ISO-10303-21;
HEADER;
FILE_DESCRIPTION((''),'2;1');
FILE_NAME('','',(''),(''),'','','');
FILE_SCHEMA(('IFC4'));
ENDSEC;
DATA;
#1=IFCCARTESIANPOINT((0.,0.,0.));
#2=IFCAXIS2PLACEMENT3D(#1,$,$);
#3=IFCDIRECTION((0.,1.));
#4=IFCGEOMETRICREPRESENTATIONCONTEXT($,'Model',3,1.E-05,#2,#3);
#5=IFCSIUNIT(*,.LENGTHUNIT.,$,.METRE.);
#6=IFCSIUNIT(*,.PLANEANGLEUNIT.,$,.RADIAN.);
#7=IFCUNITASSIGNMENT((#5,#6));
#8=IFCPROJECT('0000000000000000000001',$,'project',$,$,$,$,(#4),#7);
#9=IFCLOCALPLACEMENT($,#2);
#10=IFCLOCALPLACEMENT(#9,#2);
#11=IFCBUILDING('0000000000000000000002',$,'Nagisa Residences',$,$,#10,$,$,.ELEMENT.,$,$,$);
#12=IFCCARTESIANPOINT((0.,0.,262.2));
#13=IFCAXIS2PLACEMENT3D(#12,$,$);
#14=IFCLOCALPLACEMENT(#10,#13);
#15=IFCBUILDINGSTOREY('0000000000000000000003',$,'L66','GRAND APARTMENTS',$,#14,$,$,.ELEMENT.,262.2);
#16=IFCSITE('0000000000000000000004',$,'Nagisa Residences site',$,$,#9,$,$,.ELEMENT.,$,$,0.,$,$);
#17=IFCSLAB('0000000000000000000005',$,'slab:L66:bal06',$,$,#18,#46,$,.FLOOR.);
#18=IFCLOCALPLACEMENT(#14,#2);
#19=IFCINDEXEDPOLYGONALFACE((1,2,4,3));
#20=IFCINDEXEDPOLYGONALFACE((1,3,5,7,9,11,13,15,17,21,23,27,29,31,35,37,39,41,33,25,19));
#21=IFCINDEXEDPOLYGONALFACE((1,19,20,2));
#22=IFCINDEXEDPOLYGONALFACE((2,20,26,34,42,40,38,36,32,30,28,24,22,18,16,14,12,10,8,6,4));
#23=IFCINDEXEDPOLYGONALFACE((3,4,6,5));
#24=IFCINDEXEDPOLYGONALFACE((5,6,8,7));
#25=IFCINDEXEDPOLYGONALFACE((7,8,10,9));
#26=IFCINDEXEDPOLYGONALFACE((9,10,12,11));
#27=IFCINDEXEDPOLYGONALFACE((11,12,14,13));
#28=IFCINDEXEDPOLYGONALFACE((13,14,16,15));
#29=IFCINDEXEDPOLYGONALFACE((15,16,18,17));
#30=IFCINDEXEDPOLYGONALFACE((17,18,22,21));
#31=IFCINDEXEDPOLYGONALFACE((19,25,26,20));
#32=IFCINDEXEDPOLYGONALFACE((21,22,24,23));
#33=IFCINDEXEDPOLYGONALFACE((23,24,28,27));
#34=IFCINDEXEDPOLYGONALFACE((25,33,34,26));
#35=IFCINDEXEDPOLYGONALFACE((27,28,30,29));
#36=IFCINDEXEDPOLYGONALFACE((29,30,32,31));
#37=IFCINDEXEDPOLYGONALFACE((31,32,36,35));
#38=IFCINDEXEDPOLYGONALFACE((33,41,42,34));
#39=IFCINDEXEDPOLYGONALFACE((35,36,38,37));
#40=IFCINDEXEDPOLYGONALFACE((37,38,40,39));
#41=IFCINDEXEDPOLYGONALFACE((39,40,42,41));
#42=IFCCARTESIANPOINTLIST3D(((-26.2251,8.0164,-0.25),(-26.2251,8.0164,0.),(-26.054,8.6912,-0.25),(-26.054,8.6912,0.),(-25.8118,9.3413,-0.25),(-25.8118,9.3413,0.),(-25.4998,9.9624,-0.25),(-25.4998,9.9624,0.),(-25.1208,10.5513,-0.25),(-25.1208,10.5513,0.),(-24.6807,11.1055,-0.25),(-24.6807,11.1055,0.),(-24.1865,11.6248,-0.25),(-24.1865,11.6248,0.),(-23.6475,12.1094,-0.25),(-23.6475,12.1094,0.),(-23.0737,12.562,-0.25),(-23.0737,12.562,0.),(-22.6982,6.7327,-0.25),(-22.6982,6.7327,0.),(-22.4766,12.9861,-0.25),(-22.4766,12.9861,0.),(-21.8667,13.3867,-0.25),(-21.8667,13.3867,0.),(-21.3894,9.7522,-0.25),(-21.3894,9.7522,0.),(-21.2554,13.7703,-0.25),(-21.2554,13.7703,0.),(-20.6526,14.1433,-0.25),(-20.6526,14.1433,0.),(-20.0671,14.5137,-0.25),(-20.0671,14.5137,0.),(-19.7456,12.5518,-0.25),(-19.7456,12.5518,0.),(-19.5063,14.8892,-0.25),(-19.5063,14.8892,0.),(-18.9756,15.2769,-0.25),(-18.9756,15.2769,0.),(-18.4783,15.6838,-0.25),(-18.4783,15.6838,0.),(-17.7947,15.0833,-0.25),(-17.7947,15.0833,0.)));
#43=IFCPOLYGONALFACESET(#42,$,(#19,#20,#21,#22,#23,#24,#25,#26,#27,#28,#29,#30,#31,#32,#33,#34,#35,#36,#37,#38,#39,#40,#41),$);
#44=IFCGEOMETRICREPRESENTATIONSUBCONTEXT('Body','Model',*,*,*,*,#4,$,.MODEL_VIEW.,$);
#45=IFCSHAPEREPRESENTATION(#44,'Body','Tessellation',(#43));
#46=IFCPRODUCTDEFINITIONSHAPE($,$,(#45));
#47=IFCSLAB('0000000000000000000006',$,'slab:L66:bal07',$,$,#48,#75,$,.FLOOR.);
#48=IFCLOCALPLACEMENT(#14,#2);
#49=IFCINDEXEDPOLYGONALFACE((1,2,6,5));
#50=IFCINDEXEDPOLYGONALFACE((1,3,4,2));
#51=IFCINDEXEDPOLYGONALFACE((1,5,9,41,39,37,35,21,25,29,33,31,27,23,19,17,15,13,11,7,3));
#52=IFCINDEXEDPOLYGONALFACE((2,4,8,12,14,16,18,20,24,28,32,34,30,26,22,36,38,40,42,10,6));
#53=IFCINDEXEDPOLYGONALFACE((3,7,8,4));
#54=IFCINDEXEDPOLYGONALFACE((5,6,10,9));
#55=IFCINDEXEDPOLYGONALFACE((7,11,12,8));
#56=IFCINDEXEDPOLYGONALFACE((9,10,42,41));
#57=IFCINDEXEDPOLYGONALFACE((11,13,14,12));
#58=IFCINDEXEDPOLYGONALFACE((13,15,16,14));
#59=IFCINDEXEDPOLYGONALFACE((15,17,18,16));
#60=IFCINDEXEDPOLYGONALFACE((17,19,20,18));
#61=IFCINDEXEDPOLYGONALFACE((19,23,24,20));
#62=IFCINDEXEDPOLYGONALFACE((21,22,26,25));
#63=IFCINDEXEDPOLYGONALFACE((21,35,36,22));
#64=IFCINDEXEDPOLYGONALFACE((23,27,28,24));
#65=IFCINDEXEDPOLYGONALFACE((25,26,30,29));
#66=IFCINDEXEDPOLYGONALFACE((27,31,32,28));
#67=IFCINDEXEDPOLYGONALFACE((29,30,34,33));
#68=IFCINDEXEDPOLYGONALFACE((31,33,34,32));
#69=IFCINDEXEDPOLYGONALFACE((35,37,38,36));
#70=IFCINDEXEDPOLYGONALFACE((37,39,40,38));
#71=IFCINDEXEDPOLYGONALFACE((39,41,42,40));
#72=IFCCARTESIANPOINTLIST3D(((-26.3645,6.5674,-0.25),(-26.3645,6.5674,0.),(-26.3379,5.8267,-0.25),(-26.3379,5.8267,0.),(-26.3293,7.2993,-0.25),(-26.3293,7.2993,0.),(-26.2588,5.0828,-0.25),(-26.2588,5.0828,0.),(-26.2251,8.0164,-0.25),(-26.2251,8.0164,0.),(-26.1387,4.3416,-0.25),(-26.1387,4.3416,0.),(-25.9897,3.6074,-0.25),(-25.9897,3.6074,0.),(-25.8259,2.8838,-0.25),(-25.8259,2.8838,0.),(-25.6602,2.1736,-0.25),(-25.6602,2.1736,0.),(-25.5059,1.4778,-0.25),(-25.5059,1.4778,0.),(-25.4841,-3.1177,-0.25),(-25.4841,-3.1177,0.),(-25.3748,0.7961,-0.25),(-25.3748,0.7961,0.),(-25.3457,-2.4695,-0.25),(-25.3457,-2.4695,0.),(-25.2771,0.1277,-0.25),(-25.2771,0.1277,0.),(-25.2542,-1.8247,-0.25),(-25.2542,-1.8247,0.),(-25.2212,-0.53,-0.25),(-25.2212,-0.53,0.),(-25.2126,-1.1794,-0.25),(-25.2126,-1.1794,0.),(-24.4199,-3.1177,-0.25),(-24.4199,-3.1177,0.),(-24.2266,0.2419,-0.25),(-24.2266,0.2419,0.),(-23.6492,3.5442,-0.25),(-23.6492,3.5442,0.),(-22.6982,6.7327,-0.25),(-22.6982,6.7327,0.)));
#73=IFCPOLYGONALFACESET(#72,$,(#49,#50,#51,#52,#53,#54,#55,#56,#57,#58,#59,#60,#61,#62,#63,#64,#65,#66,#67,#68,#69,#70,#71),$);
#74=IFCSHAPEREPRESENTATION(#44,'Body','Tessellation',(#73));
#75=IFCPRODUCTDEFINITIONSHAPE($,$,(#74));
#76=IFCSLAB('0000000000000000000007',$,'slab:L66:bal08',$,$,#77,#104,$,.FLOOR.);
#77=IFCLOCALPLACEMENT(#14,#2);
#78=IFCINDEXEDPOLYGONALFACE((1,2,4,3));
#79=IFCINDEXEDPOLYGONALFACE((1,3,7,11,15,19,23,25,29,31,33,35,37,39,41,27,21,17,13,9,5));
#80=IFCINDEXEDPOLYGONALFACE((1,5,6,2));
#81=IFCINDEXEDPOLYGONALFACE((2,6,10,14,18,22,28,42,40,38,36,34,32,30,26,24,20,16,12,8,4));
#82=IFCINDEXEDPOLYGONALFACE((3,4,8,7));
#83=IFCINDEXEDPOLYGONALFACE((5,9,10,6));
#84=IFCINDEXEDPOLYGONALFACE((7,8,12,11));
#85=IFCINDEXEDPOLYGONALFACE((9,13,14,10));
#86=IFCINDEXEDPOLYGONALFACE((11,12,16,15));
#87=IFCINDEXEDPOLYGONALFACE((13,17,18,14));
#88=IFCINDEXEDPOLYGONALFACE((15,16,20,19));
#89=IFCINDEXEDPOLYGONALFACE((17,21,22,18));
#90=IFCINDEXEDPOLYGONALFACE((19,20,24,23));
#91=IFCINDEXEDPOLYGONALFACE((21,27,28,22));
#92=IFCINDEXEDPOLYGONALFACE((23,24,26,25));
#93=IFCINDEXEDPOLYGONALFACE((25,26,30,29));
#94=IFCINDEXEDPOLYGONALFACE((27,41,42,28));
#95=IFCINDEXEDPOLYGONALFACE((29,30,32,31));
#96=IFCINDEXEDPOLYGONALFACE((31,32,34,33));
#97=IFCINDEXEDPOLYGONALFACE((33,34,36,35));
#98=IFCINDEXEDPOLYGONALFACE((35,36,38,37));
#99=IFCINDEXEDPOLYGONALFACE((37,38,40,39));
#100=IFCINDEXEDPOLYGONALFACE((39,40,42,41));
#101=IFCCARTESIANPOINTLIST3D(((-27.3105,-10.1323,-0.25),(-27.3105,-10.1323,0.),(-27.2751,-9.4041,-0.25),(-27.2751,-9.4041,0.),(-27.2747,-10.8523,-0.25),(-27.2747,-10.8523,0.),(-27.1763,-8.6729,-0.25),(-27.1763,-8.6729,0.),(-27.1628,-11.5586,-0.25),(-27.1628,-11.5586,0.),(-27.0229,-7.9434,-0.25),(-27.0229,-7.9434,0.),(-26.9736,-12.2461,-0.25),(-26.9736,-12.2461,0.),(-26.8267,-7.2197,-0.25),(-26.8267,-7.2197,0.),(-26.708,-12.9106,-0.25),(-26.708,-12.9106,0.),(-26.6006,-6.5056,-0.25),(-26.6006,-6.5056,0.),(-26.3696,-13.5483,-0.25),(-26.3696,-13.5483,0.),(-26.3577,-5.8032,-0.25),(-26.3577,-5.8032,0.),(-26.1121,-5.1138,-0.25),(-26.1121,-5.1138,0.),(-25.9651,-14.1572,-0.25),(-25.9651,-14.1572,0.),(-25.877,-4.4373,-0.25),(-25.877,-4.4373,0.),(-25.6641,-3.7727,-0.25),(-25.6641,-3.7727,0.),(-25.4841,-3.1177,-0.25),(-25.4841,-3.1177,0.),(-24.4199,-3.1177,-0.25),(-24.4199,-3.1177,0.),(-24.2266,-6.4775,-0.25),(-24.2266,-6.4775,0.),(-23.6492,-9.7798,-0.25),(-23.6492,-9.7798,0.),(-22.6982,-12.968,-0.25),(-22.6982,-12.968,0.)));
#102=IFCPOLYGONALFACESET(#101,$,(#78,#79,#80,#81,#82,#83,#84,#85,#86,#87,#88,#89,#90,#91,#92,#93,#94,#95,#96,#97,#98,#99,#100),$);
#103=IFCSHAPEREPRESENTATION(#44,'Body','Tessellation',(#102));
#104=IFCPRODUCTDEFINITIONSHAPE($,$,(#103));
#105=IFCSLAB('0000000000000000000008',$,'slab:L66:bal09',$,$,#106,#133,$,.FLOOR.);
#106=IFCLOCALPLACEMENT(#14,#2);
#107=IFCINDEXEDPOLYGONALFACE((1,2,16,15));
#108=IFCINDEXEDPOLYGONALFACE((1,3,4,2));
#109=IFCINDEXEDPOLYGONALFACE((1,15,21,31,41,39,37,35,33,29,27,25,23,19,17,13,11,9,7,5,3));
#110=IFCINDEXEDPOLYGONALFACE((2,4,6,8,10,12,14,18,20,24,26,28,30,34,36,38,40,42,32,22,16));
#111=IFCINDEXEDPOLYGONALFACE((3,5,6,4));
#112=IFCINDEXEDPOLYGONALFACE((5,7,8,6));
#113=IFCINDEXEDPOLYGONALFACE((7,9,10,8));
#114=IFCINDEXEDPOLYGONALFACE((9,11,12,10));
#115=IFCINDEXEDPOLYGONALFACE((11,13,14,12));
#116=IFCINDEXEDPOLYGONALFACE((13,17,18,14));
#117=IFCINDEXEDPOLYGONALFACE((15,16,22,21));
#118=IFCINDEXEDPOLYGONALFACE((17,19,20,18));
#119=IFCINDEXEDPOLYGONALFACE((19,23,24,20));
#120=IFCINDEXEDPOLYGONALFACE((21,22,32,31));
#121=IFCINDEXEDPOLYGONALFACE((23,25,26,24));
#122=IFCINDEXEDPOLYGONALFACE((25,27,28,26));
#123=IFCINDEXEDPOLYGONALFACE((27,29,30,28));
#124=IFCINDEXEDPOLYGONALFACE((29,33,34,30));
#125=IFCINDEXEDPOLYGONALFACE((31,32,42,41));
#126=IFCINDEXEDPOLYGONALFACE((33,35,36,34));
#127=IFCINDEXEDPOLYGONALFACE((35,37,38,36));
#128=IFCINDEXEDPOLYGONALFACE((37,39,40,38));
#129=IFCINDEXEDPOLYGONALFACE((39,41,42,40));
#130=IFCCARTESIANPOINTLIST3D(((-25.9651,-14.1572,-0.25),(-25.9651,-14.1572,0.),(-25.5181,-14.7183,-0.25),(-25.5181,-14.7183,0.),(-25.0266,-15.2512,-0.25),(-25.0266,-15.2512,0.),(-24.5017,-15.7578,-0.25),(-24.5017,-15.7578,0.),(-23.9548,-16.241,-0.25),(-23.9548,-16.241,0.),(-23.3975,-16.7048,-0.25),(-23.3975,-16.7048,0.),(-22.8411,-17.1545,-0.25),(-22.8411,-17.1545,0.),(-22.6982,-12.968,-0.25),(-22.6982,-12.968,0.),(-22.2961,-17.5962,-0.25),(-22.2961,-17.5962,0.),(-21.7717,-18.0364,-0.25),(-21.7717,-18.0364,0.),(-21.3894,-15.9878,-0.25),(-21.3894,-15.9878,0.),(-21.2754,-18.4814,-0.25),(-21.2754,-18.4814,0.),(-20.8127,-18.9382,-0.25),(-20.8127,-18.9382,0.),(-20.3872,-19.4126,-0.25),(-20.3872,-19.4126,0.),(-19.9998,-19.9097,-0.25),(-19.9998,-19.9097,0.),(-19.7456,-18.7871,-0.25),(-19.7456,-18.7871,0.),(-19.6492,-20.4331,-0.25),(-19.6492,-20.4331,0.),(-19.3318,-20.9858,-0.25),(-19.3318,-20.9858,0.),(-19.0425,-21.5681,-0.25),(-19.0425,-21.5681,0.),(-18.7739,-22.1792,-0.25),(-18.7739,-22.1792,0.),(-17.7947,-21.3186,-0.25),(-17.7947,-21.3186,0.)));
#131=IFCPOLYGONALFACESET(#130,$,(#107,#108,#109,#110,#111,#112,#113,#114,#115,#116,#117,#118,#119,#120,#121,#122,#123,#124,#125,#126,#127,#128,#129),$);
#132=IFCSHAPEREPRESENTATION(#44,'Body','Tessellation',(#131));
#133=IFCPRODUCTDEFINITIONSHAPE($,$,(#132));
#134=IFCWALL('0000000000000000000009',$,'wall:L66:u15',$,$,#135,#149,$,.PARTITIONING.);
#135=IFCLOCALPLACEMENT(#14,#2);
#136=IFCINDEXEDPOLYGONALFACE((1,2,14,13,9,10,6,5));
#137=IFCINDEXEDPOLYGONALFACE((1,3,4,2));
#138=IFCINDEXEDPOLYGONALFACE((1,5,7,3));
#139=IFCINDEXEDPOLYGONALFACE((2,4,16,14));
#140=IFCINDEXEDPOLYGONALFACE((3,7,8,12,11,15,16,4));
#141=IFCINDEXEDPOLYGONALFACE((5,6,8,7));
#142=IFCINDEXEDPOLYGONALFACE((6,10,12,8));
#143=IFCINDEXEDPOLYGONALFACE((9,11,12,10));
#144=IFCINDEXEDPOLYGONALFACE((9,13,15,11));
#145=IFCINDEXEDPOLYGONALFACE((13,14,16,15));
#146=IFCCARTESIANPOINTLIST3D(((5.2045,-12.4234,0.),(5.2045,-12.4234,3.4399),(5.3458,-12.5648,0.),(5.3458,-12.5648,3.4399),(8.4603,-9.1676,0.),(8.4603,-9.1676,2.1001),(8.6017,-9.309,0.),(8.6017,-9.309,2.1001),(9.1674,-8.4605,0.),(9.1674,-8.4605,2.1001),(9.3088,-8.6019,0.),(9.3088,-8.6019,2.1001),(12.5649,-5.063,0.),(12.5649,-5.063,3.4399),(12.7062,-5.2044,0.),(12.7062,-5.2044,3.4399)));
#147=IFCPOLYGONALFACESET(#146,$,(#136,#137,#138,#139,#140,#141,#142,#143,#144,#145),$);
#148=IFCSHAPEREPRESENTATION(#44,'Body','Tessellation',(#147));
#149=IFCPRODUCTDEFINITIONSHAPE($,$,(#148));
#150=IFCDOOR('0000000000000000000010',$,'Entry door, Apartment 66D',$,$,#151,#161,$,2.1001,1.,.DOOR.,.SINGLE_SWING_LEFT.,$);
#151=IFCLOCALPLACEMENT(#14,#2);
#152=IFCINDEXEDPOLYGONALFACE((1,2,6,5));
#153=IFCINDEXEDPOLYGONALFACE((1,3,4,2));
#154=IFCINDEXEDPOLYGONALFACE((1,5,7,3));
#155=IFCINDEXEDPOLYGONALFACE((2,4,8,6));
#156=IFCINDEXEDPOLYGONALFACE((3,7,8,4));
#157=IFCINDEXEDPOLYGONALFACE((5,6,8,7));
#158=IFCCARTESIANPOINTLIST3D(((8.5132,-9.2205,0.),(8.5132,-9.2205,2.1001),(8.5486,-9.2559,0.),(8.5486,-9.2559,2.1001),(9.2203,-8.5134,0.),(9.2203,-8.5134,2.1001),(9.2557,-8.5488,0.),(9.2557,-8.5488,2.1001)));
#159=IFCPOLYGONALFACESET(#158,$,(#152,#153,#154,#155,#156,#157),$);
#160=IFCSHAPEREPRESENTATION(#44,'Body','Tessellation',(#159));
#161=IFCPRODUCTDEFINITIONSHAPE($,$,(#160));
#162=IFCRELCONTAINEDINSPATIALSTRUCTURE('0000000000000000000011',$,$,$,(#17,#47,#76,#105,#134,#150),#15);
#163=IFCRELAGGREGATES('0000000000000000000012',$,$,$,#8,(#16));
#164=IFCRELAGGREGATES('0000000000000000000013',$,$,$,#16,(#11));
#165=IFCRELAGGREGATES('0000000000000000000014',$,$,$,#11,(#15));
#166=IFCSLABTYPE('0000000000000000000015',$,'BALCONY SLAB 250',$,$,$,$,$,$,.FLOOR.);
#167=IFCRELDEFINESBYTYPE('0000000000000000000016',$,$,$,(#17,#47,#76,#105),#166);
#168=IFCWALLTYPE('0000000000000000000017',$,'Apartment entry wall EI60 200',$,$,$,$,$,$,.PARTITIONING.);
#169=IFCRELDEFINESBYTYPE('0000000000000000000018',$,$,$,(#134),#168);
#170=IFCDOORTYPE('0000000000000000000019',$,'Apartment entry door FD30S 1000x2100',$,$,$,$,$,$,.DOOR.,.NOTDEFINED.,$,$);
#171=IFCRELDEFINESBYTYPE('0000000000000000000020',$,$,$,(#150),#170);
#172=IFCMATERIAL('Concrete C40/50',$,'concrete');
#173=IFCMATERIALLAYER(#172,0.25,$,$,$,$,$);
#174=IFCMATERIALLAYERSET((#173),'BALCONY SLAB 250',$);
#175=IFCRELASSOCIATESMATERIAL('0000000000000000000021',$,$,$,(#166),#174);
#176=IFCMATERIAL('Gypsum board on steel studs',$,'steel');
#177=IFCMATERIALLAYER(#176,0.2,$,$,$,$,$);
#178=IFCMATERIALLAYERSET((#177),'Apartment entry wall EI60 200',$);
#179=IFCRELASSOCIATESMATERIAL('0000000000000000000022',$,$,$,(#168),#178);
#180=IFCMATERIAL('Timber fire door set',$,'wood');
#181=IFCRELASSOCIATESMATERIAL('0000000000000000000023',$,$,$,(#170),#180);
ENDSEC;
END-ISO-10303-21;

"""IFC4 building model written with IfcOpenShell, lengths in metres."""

from ifc_helpers import new_model, si_unit, direction, frame, frame_2d, origin, place, context, subcontext, project, spatial, polyline, rectangle, outline, extrude, material, layer, layer_set, type_object, element, fill, save


model = new_model("IFC4")

# Units and contexts
model_context = context("Model", 3, precision=1e-05, world=origin(), true_north=direction((0.0, 1.0)))
body_context = subcontext(model_context, "Body", "Model", "MODEL_VIEW")
ifc_project = project(units=[si_unit("LENGTHUNIT", "METRE"), si_unit("PLANEANGLEUNIT", "RADIAN")], contexts=[model_context])

# Site, building, storey
site_placement = place(None, origin())
site = spatial("IfcSite", under=ifc_project, at=site_placement, Name="Nagisa Residences site", CompositionType="ELEMENT", RefElevation=0.0)
building_placement = place(site_placement, origin())
building = spatial("IfcBuilding", under=site, at=building_placement, Name="Nagisa Residences", CompositionType="ELEMENT")
storey_placement = place(building_placement, frame((0.0, 0.0, 262.2)))
storey = spatial("IfcBuildingStorey", under=building, at=storey_placement, Name="L66", Description="GRAND APARTMENTS", CompositionType="ELEMENT", Elevation=262.2)

# Slabs
ifc_material_1 = material(Name="Concrete C40/50", Category="concrete")
ifc_layer_1 = layer(ifc_material_1, 0.25)
ifc_layer_set_1 = layer_set([ifc_layer_1], Name="BALCONY SLAB 250")
slab_type = type_object("IfcSlabType", Name="BALCONY SLAB 250", PredefinedType="FLOOR", material=ifc_layer_set_1)
slab_1_placement = place(storey_placement, frame((0.0, 0.0, -0.25)))
element("IfcSlab", 1, at=slab_1_placement, inside=storey, type_object=slab_type, Name="slab:L66:bal06", PredefinedType="FLOOR", context=body_context, shape_type="SweptSolid", body=[
    extrude(outline(polyline([(-18.4783, 15.6838), (-18.9756, 15.2769), (-19.5063, 14.8892), (-20.0671, 14.5137), (-20.6526, 14.1433), (-21.2554, 13.7703), (-21.8667, 13.3867), (-22.4766, 12.9861), (-23.0737, 12.562), (-23.6475, 12.1094), (-24.1865, 11.6248), (-24.6807, 11.1055), (-25.1208, 10.5513), (-25.4998, 9.9624), (-25.8118, 9.3413), (-26.054, 8.6912), (-26.2251, 8.0164), (-22.6982, 6.7327), (-21.3894, 9.7522), (-19.7456, 12.5518), (-17.7947, 15.0833), (-18.4783, 15.6838)])), origin(), (0.0, 0.0, 1.0), 0.25),
])
slab_2_placement = place(storey_placement, frame((0.0, 0.0, -0.25)))
element("IfcSlab", 2, at=slab_2_placement, inside=storey, type_object=slab_type, Name="slab:L66:bal07", PredefinedType="FLOOR", context=body_context, shape_type="SweptSolid", body=[
    extrude(outline(polyline([(-26.2251, 8.0164), (-26.3293, 7.2993), (-26.3645, 6.5674), (-26.3379, 5.8267), (-26.2588, 5.0828), (-26.1387, 4.3416), (-25.9897, 3.6074), (-25.8259, 2.8838), (-25.6602, 2.1736), (-25.5059, 1.4778), (-25.3748, 0.7961), (-25.2771, 0.1277), (-25.2212, -0.53), (-25.2126, -1.1794), (-25.2542, -1.8247), (-25.3457, -2.4695), (-25.4841, -3.1177), (-24.4199, -3.1177), (-24.2266, 0.2419), (-23.6492, 3.5442), (-22.6982, 6.7327), (-26.2251, 8.0164)])), origin(), (0.0, 0.0, 1.0), 0.25),
])
slab_3_placement = place(storey_placement, frame((0.0, 0.0, -0.25)))
element("IfcSlab", 3, at=slab_3_placement, inside=storey, type_object=slab_type, Name="slab:L66:bal08", PredefinedType="FLOOR", context=body_context, shape_type="SweptSolid", body=[
    extrude(outline(polyline([(-25.4841, -3.1177), (-25.6641, -3.7727), (-25.877, -4.4373), (-26.1121, -5.1138), (-26.3577, -5.8032), (-26.6006, -6.5056), (-26.8267, -7.2197), (-27.0229, -7.9434), (-27.1763, -8.6729), (-27.2751, -9.4041), (-27.3105, -10.1323), (-27.2747, -10.8523), (-27.1628, -11.5586), (-26.9736, -12.2461), (-26.708, -12.9106), (-26.3696, -13.5483), (-25.9651, -14.1572), (-22.6982, -12.968), (-23.6492, -9.7798), (-24.2266, -6.4775), (-24.4199, -3.1177), (-25.4841, -3.1177)])), origin(), (0.0, 0.0, 1.0), 0.25),
])
slab_4_placement = place(storey_placement, frame((0.0, 0.0, -0.25)))
element("IfcSlab", 4, at=slab_4_placement, inside=storey, type_object=slab_type, Name="slab:L66:bal09", PredefinedType="FLOOR", context=body_context, shape_type="SweptSolid", body=[
    extrude(outline(polyline([(-25.9651, -14.1572), (-25.5181, -14.7183), (-25.0266, -15.2512), (-24.5017, -15.7578), (-23.9548, -16.241), (-23.3975, -16.7048), (-22.8411, -17.1545), (-22.2961, -17.5962), (-21.7717, -18.0364), (-21.2754, -18.4814), (-20.8127, -18.9382), (-20.3872, -19.4126), (-19.9998, -19.9097), (-19.6492, -20.4331), (-19.3318, -20.9858), (-19.0425, -21.5681), (-18.7739, -22.1792), (-17.7947, -21.3186), (-19.7456, -18.7871), (-21.3894, -15.9878), (-22.6982, -12.968), (-25.9651, -14.1572)])), origin(), (0.0, 0.0, 1.0), 0.25),
])

# Wall, opening, door
ifc_material_2 = material(Name="Gypsum board on steel studs", Category="steel")
ifc_layer_2 = layer(ifc_material_2, 0.2)
ifc_layer_set_2 = layer_set([ifc_layer_2], Name="Apartment entry wall EI60 200")
wall_type_1 = type_object("IfcWallType", Name="Apartment entry wall EI60 200", PredefinedType="PARTITIONING", material=ifc_layer_set_2)
wall_1_placement = place(storey_placement, frame((5.2751, -12.4941, 0.0), z_axis=(0.0, 0.0, 1.0), x_axis=(0.707107, 0.707107, 0.0)))
wall_1 = element("IfcWall", 5, at=wall_1_placement, inside=storey, type_object=wall_type_1, Name="wall:L66:u15", PredefinedType="PARTITIONING", context=body_context, shape_type="SweptSolid", body=[
    extrude(rectangle(XDim=10.4092, YDim=0.2, at=frame_2d((5.2046, 0.0))), origin(), (0.0, 0.0, 1.0), 3.4399),
])
opening_1_placement = place(wall_1_placement, frame((4.6045, 0.0, 0.0)))
opening_1 = element("IfcOpeningElement", 6, at=opening_1_placement, cuts=wall_1, PredefinedType="OPENING", context=body_context, shape_type="SweptSolid", body=[
    extrude(rectangle(XDim=1.0, YDim=2.1001, at=frame_2d((0.5, 1.05))), frame((0.0, 0.1099, 0.0), z_axis=(0.0, -1.0, 0.0), x_axis=(1.0, 0.0, 0.0)), (0.0, 0.0, 1.0), 0.22),
])
ifc_material_3 = material(Name="Timber fire door set", Category="wood")
door_type_1 = type_object("IfcDoorType", Name="Apartment entry door FD30S 1000x2100", OperationType="NOTDEFINED", PredefinedType="DOOR", material=ifc_material_3)
door_1_placement = place(opening_1_placement, frame((1.0, 0.0, 0.0), x_axis=(-1.0, 0.0, 0.0)))
door_1 = element("IfcDoor", 7, at=door_1_placement, inside=storey, type_object=door_type_1, Name="Entry door, Apartment 66D", OperationType="SINGLE_SWING_LEFT", OverallHeight=2.1001, OverallWidth=1.0, PredefinedType="DOOR", context=body_context, shape_type="SweptSolid", body=[
    extrude(rectangle(XDim=1.0, YDim=2.1001, at=frame_2d((0.5, 1.05))), frame((0.0, 0.0249, 0.0), z_axis=(0.0, -1.0, 0.0), x_axis=(1.0, 0.0, 0.0)), (0.0, 0.0, 1.0), 0.05),
])
fill(opening_1, door_1)

save(model, "model.ifc")
